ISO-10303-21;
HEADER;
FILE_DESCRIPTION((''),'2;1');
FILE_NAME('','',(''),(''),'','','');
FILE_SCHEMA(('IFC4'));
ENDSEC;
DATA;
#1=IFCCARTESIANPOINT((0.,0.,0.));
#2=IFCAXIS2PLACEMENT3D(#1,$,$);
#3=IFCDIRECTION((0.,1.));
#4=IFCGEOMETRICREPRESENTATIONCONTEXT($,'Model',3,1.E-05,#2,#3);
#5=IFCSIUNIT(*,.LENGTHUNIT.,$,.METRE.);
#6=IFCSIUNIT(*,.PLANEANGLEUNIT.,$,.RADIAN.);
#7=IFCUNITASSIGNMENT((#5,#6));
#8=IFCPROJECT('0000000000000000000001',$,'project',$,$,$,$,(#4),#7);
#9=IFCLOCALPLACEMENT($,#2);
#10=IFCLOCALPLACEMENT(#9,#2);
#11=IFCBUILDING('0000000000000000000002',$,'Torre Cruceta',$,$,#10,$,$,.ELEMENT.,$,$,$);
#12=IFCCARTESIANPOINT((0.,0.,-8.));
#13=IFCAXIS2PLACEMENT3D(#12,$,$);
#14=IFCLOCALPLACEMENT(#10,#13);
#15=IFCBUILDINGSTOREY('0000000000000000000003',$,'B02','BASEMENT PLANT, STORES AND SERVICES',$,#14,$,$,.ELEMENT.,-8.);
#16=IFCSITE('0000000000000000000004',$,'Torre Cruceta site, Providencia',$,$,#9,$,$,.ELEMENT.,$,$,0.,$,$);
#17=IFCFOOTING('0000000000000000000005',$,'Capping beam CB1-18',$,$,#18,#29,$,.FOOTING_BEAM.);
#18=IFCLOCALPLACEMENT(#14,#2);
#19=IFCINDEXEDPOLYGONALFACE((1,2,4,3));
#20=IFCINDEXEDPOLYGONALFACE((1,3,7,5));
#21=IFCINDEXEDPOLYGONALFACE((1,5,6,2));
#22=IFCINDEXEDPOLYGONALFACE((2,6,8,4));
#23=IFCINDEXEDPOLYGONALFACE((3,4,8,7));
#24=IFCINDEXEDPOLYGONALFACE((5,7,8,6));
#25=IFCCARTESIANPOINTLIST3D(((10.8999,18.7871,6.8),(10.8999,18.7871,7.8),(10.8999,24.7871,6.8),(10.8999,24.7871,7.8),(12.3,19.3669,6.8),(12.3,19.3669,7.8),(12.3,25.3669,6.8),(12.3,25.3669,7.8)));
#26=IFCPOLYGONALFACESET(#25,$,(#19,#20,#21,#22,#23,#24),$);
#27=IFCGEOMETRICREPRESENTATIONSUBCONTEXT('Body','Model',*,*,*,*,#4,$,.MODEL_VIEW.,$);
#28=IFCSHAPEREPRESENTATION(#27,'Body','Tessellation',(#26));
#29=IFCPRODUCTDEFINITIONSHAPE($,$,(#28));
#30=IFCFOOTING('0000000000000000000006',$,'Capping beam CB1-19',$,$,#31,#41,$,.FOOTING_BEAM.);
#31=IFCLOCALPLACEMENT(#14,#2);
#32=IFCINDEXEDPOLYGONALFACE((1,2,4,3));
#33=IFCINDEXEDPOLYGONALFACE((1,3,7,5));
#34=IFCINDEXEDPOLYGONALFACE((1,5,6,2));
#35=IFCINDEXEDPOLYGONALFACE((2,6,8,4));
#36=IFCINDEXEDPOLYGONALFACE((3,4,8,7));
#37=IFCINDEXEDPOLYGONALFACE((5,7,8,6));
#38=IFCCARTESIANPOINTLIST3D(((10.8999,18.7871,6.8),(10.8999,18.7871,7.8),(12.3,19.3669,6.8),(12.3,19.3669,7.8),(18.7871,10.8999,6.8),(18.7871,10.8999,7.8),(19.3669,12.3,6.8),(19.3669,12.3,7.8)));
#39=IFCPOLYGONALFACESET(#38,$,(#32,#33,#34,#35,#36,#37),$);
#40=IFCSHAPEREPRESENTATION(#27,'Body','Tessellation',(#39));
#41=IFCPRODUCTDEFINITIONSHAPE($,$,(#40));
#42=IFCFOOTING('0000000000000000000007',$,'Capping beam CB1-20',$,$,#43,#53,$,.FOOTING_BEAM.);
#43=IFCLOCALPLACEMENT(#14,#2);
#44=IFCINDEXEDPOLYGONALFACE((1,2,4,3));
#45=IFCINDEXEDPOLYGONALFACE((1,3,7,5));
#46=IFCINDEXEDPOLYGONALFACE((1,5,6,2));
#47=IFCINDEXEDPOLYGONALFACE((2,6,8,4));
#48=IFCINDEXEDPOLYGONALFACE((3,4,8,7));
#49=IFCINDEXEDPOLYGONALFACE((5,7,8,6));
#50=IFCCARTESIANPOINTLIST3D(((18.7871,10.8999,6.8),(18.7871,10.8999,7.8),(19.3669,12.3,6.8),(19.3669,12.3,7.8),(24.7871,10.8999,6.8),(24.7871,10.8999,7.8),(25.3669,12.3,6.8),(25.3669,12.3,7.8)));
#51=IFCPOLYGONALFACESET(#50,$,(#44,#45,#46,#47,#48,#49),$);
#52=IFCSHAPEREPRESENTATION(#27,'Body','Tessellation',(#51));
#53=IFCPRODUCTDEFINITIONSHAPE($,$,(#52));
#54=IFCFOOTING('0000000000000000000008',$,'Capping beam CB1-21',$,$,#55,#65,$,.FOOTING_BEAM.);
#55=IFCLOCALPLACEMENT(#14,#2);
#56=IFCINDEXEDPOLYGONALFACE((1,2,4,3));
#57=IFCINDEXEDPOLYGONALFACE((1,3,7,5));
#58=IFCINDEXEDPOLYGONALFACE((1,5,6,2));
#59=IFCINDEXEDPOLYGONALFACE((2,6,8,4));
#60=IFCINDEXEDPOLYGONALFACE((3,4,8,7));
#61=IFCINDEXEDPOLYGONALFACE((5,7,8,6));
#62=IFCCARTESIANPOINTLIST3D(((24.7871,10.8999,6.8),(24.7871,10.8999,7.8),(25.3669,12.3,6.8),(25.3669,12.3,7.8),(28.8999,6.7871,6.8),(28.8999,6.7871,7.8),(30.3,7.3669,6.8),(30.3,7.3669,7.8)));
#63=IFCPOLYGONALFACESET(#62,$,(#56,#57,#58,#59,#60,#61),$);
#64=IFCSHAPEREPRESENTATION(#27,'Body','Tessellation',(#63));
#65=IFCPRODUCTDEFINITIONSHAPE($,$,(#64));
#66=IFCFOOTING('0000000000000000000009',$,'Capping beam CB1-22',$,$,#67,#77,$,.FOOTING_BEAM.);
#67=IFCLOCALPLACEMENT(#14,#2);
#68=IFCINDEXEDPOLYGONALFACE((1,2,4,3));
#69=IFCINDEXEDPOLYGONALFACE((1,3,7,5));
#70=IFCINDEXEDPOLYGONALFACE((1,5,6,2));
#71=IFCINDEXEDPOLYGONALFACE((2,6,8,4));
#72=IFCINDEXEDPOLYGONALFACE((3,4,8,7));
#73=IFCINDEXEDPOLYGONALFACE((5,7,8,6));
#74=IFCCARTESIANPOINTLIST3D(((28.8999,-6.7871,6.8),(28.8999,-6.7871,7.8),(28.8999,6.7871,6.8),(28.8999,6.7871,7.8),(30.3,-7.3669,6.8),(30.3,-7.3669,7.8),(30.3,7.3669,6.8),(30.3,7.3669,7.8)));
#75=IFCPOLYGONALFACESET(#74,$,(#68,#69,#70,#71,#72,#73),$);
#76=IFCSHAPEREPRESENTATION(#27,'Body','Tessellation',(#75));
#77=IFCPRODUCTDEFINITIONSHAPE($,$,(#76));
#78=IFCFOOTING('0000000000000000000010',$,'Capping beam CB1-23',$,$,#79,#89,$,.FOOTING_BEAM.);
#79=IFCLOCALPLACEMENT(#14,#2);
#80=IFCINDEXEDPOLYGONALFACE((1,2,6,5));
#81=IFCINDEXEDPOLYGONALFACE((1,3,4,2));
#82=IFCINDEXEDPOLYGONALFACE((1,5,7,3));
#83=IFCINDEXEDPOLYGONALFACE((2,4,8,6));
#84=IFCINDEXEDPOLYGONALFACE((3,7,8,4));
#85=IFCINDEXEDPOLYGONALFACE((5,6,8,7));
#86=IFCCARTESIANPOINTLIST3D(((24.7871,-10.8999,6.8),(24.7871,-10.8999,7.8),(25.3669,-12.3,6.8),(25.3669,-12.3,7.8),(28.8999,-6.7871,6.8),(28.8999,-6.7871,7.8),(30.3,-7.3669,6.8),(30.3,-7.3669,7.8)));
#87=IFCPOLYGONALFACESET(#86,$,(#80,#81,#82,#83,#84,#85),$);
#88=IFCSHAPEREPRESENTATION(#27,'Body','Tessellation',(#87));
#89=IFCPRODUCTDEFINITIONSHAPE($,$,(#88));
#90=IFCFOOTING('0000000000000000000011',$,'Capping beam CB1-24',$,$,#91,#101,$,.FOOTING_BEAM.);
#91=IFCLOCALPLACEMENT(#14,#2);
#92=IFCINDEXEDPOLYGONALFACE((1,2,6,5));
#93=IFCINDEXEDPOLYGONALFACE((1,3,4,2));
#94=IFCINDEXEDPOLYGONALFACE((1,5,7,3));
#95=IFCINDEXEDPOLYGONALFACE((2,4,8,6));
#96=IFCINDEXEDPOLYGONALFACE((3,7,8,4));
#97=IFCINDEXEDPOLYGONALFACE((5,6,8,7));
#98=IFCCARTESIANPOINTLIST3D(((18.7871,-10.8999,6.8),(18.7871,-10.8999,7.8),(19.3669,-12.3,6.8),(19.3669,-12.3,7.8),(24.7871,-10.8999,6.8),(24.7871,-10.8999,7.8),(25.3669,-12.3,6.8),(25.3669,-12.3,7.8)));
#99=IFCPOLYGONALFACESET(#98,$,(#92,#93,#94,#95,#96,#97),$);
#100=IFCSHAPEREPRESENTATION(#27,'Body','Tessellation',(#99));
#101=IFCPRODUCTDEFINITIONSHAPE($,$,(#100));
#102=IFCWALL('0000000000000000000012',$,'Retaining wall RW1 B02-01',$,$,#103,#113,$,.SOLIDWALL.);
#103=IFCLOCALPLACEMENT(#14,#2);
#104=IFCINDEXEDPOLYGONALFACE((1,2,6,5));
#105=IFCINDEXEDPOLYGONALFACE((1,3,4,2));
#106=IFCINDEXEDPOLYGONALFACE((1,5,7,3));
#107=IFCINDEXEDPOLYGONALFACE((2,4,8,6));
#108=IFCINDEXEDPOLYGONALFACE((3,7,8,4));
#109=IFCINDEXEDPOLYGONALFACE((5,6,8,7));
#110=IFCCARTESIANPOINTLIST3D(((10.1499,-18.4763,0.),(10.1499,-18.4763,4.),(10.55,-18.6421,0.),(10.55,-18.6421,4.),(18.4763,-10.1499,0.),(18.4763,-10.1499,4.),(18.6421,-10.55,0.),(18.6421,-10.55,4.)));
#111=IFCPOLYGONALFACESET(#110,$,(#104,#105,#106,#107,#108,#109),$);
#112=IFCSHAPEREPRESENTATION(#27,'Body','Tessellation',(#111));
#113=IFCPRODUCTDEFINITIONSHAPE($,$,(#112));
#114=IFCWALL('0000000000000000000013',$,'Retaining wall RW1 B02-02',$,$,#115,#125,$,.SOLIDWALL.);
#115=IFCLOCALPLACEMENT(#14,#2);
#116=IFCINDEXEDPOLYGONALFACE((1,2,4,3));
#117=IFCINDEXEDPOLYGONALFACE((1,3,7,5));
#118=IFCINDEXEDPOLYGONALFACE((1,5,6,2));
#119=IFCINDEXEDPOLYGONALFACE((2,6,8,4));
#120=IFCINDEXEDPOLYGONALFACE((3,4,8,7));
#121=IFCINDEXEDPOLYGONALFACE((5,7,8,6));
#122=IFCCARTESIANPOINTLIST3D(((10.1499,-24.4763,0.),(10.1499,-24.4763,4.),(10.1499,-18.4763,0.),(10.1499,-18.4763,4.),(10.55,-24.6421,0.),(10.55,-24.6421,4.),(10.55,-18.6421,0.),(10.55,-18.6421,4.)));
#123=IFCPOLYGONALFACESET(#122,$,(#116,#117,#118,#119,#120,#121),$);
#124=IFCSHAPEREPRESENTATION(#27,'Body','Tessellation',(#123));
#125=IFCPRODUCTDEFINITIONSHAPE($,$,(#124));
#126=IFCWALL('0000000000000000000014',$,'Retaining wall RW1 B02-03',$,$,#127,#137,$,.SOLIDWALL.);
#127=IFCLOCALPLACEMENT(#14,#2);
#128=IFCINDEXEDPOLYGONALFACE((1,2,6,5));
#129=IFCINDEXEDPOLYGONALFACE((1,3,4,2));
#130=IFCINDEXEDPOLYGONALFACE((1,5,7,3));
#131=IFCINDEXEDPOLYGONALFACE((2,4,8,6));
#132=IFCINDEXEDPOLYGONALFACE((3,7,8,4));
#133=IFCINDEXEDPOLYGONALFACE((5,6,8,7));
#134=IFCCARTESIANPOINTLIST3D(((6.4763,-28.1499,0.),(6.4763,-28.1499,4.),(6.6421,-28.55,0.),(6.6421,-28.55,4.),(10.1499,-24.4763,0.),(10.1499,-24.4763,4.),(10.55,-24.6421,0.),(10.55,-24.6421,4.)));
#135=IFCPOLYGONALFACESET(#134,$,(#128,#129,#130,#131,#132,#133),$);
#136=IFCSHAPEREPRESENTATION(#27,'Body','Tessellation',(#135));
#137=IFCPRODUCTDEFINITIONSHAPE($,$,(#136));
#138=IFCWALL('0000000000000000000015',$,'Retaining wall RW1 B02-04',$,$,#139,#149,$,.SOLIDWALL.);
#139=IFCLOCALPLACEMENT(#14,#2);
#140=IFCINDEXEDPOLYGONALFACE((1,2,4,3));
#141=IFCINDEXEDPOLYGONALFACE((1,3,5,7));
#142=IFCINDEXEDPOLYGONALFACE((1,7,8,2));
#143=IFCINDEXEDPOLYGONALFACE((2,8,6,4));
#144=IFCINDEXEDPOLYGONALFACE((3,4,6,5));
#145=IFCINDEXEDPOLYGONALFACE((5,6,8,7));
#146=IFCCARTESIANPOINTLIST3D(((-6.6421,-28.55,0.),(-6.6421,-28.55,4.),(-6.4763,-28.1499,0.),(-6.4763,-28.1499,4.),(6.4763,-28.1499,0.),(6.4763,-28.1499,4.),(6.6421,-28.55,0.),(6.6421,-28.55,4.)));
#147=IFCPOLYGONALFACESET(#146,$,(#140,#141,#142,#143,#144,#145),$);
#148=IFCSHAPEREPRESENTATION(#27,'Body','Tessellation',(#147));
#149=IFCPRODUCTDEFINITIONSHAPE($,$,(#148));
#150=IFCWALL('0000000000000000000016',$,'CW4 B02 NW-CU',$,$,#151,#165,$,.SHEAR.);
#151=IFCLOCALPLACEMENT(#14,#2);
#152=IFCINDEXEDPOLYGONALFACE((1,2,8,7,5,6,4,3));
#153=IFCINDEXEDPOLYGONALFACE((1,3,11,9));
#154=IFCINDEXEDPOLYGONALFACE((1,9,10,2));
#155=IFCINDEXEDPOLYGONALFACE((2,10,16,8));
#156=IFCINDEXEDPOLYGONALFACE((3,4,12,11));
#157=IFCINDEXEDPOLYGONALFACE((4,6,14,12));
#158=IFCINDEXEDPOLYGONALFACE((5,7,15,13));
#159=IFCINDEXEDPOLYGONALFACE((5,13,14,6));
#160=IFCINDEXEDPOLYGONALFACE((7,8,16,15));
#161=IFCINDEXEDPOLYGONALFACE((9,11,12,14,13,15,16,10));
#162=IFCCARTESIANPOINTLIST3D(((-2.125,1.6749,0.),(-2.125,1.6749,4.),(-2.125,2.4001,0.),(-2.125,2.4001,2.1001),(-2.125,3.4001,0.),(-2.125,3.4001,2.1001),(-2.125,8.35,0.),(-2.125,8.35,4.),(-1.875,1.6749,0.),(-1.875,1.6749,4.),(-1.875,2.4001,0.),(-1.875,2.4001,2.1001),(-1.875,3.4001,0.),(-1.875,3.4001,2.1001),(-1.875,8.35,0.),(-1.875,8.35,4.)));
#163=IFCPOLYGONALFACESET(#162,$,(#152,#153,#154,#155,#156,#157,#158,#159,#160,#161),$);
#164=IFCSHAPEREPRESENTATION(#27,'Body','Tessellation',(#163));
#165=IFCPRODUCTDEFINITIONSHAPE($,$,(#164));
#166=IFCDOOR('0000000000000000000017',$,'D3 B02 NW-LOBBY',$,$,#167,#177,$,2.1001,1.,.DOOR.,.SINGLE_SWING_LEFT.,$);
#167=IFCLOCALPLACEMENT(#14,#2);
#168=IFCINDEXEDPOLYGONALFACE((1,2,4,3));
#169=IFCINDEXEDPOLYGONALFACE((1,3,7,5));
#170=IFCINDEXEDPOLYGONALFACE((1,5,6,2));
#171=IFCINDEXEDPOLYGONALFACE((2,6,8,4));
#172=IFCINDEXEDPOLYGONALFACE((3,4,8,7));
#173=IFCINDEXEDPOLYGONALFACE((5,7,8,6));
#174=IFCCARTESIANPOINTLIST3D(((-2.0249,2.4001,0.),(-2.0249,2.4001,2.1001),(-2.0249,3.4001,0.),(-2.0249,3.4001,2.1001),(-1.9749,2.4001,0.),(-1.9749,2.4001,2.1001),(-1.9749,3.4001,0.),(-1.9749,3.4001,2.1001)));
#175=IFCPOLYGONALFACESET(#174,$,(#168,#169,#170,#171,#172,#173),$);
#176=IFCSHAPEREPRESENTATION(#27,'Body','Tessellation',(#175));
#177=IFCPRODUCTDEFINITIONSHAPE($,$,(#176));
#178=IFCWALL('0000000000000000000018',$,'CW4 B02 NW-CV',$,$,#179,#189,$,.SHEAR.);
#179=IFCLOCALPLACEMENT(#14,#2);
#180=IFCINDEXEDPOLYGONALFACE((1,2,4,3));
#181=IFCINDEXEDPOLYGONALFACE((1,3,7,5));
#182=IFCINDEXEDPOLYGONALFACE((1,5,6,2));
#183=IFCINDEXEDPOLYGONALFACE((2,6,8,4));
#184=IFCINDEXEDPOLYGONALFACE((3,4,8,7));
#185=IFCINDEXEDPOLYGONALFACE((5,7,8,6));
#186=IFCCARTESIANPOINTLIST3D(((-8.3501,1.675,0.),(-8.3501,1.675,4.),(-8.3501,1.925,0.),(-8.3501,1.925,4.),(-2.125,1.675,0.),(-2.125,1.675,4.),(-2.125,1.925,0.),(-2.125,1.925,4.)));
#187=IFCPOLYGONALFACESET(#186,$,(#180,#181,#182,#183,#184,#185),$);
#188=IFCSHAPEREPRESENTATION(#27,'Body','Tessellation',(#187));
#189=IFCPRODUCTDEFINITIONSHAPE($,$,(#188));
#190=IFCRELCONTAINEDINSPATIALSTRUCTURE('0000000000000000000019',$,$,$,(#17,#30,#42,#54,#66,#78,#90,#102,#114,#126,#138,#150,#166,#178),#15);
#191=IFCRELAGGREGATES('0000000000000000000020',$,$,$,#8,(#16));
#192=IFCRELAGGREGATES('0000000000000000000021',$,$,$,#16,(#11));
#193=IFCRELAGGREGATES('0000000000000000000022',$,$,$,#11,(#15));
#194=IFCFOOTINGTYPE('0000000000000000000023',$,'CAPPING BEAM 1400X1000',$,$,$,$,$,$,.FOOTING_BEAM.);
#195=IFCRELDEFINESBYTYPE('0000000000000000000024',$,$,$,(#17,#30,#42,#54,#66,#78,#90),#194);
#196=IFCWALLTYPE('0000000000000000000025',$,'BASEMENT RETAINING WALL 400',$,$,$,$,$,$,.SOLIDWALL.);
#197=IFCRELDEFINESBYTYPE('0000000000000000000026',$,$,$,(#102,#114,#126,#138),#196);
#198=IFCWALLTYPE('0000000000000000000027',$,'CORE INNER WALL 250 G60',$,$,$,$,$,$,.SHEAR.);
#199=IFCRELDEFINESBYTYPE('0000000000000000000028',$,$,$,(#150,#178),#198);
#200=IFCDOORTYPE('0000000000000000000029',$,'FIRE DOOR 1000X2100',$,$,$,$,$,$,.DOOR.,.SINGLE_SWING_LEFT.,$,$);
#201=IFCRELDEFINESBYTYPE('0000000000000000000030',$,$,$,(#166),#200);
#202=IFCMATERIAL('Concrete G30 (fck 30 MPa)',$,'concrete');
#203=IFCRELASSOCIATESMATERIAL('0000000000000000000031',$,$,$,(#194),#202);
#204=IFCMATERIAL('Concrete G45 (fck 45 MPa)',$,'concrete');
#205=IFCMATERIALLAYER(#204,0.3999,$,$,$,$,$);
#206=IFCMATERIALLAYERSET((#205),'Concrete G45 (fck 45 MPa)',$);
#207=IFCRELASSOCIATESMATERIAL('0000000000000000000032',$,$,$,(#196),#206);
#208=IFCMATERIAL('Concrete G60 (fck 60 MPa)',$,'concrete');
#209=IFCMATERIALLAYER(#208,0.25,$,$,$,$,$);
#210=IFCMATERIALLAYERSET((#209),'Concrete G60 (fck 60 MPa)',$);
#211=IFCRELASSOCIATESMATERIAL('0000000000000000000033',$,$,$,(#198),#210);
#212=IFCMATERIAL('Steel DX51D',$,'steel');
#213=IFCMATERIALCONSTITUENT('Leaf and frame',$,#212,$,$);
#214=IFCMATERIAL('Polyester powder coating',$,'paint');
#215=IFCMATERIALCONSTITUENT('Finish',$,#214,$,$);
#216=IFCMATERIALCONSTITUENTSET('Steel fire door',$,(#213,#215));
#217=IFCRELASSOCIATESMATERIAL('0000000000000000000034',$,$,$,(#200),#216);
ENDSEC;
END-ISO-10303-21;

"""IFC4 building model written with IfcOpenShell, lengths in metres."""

from ifc_helpers import new_model, si_unit, direction, frame, frame_2d, origin, place, context, subcontext, project, spatial, polyline, rectangle, outline, extrude, material, layer, layer_set, constituent, constituent_set, type_object, element, fill, save


model = new_model("IFC4")

# Units and contexts
model_context = context("Model", 3, precision=1e-05, world=origin(), true_north=direction((0.0, 1.0)))
body_context = subcontext(model_context, "Body", "Model", "MODEL_VIEW")
ifc_project = project(units=[si_unit("LENGTHUNIT", "METRE"), si_unit("PLANEANGLEUNIT", "RADIAN")], contexts=[model_context])

# Site, building, storey
site_placement = place(None, origin())
site = spatial("IfcSite", under=ifc_project, at=site_placement, Name="Torre Cruceta site, Providencia", CompositionType="ELEMENT", RefElevation=0.0)
building_placement = place(site_placement, origin())
building = spatial("IfcBuilding", under=site, at=building_placement, Name="Torre Cruceta", CompositionType="ELEMENT")
storey_placement = place(building_placement, frame((0.0, 0.0, -8.0)))
storey = spatial("IfcBuildingStorey", under=building, at=storey_placement, Name="B02", Description="BASEMENT PLANT, STORES AND SERVICES", CompositionType="ELEMENT", Elevation=-8.0)

# Footings
ifc_material_1 = material(Name="Concrete G30 (fck 30 MPa)", Category="concrete")
footing_type = type_object("IfcFootingType", Name="CAPPING BEAM 1400X1000", PredefinedType="FOOTING_BEAM", material=ifc_material_1)
footing_1_placement = place(storey_placement, frame((0.0, 0.0, 6.8)))
element("IfcFooting", 1, at=footing_1_placement, inside=storey, type_object=footing_type, Name="Capping beam CB1-18", PredefinedType="FOOTING_BEAM", context=body_context, shape_type="SweptSolid", body=[
    extrude(outline(polyline([(10.8999, 24.7871), (10.8999, 18.7871), (12.3, 19.3669), (12.3, 25.3669), (10.8999, 24.7871)])), origin(), (0.0, 0.0, 1.0), 1.0),
])
footing_2_placement = place(storey_placement, frame((0.0, 0.0, 6.8)))
element("IfcFooting", 2, at=footing_2_placement, inside=storey, type_object=footing_type, Name="Capping beam CB1-19", PredefinedType="FOOTING_BEAM", context=body_context, shape_type="SweptSolid", body=[
    extrude(outline(polyline([(10.8999, 18.7871), (18.7871, 10.8999), (19.3669, 12.3), (12.3, 19.3669), (10.8999, 18.7871)])), origin(), (0.0, 0.0, 1.0), 1.0),
])
footing_3_placement = place(storey_placement, frame((0.0, 0.0, 6.8)))
element("IfcFooting", 3, at=footing_3_placement, inside=storey, type_object=footing_type, Name="Capping beam CB1-20", PredefinedType="FOOTING_BEAM", context=body_context, shape_type="SweptSolid", body=[
    extrude(outline(polyline([(18.7871, 10.8999), (24.7871, 10.8999), (25.3669, 12.3), (19.3669, 12.3), (18.7871, 10.8999)])), origin(), (0.0, 0.0, 1.0), 1.0),
])
footing_4_placement = place(storey_placement, frame((0.0, 0.0, 6.8)))
element("IfcFooting", 4, at=footing_4_placement, inside=storey, type_object=footing_type, Name="Capping beam CB1-21", PredefinedType="FOOTING_BEAM", context=body_context, shape_type="SweptSolid", body=[
    extrude(outline(polyline([(24.7871, 10.8999), (28.8999, 6.7871), (30.3, 7.3669), (25.3669, 12.3), (24.7871, 10.8999)])), origin(), (0.0, 0.0, 1.0), 1.0),
])
footing_5_placement = place(storey_placement, frame((0.0, 0.0, 6.8)))
element("IfcFooting", 5, at=footing_5_placement, inside=storey, type_object=footing_type, Name="Capping beam CB1-22", PredefinedType="FOOTING_BEAM", context=body_context, shape_type="SweptSolid", body=[
    extrude(outline(polyline([(28.8999, 6.7871), (28.8999, -6.7871), (30.3, -7.3669), (30.3, 7.3669), (28.8999, 6.7871)])), origin(), (0.0, 0.0, 1.0), 1.0),
])
footing_6_placement = place(storey_placement, frame((0.0, 0.0, 6.8)))
element("IfcFooting", 6, at=footing_6_placement, inside=storey, type_object=footing_type, Name="Capping beam CB1-23", PredefinedType="FOOTING_BEAM", context=body_context, shape_type="SweptSolid", body=[
    extrude(outline(polyline([(28.8999, -6.7871), (24.7871, -10.8999), (25.3669, -12.3), (30.3, -7.3669), (28.8999, -6.7871)])), origin(), (0.0, 0.0, 1.0), 1.0),
])
footing_7_placement = place(storey_placement, frame((0.0, 0.0, 6.8)))
element("IfcFooting", 7, at=footing_7_placement, inside=storey, type_object=footing_type, Name="Capping beam CB1-24", PredefinedType="FOOTING_BEAM", context=body_context, shape_type="SweptSolid", body=[
    extrude(outline(polyline([(24.7871, -10.8999), (18.7871, -10.8999), (19.3669, -12.3), (25.3669, -12.3), (24.7871, -10.8999)])), origin(), (0.0, 0.0, 1.0), 1.0),
])

# Walls
ifc_material_2 = material(Name="Concrete G45 (fck 45 MPa)", Category="concrete")
ifc_layer_1 = layer(ifc_material_2, 0.3999)
ifc_layer_set_1 = layer_set([ifc_layer_1], Name="Concrete G45 (fck 45 MPa)")
wall_type_1 = type_object("IfcWallType", Name="BASEMENT RETAINING WALL 400", PredefinedType="SOLIDWALL", material=ifc_layer_set_1)
wall_1_placement = place(storey_placement, origin())
element("IfcWall", 8, at=wall_1_placement, inside=storey, type_object=wall_type_1, Name="Retaining wall RW1 B02-01", PredefinedType="SOLIDWALL", context=body_context, shape_type="SweptSolid", body=[
    extrude(outline(polyline([(18.4763, -10.1499), (18.6421, -10.55), (10.55, -18.6421), (10.1499, -18.4763), (18.4763, -10.1499)])), origin(), (0.0, 0.0, 1.0), 4.0),
])
wall_2_placement = place(storey_placement, origin())
element("IfcWall", 9, at=wall_2_placement, inside=storey, type_object=wall_type_1, Name="Retaining wall RW1 B02-02", PredefinedType="SOLIDWALL", context=body_context, shape_type="SweptSolid", body=[
    extrude(outline(polyline([(10.1499, -18.4763), (10.55, -18.6421), (10.55, -24.6421), (10.1499, -24.4763), (10.1499, -18.4763)])), origin(), (0.0, 0.0, 1.0), 4.0),
])
wall_3_placement = place(storey_placement, origin())
element("IfcWall", 10, at=wall_3_placement, inside=storey, type_object=wall_type_1, Name="Retaining wall RW1 B02-03", PredefinedType="SOLIDWALL", context=body_context, shape_type="SweptSolid", body=[
    extrude(outline(polyline([(10.1499, -24.4763), (10.55, -24.6421), (6.6421, -28.55), (6.4763, -28.1499), (10.1499, -24.4763)])), origin(), (0.0, 0.0, 1.0), 4.0),
])
wall_4_placement = place(storey_placement, origin())
element("IfcWall", 11, at=wall_4_placement, inside=storey, type_object=wall_type_1, Name="Retaining wall RW1 B02-04", PredefinedType="SOLIDWALL", context=body_context, shape_type="SweptSolid", body=[
    extrude(outline(polyline([(6.4763, -28.1499), (6.6421, -28.55), (-6.6421, -28.55), (-6.4763, -28.1499), (6.4763, -28.1499)])), origin(), (0.0, 0.0, 1.0), 4.0),
])

# Wall, opening, door
ifc_material_3 = material(Name="Concrete G60 (fck 60 MPa)", Category="concrete")
ifc_layer_2 = layer(ifc_material_3, 0.25)
ifc_layer_set_2 = layer_set([ifc_layer_2], Name="Concrete G60 (fck 60 MPa)")
wall_type_2 = type_object("IfcWallType", Name="CORE INNER WALL 250 G60", PredefinedType="SHEAR", material=ifc_layer_set_2)
wall_5_placement = place(storey_placement, frame((-2.0, 1.675, 0.0), z_axis=(0.0, 0.0, 1.0), x_axis=(0.0, 1.0, 0.0)))
wall_5 = element("IfcWall", 12, at=wall_5_placement, inside=storey, type_object=wall_type_2, Name="CW4 B02 NW-CU", PredefinedType="SHEAR", context=body_context, shape_type="SweptSolid", body=[
    extrude(rectangle(XDim=6.675, YDim=0.25, at=frame_2d((3.3374, 0.0))), origin(), (0.0, 0.0, 1.0), 4.0),
])
opening_1_placement = place(wall_5_placement, frame((0.7251, 0.0, 0.0)))
opening_1 = element("IfcOpeningElement", 13, at=opening_1_placement, cuts=wall_5, PredefinedType="OPENING", context=body_context, shape_type="SweptSolid", body=[
    extrude(rectangle(XDim=1.0, YDim=2.1001, at=frame_2d((0.5, 1.05))), frame((0.0, 0.135, 0.0), z_axis=(0.0, -1.0, 0.0), x_axis=(1.0, 0.0, 0.0)), (0.0, 0.0, 1.0), 0.27),
])
ifc_material_4 = material(Name="Steel DX51D", Category="steel")
ifc_constituent_1 = constituent(ifc_material_4, Name="Leaf and frame")
ifc_material_5 = material(Name="Polyester powder coating", Category="paint")
ifc_constituent_2 = constituent(ifc_material_5, Name="Finish")
ifc_constituent_set_1 = constituent_set(constituents=[ifc_constituent_1, ifc_constituent_2], Name="Steel fire door")
door_type_1 = type_object("IfcDoorType", Name="FIRE DOOR 1000X2100", OperationType="SINGLE_SWING_LEFT", PredefinedType="DOOR", material=ifc_constituent_set_1)
door_1_placement = place(opening_1_placement, origin())
door_1 = element("IfcDoor", 14, at=door_1_placement, inside=storey, type_object=door_type_1, Name="D3 B02 NW-LOBBY", OperationType="SINGLE_SWING_LEFT", OverallHeight=2.1001, OverallWidth=1.0, PredefinedType="DOOR", context=body_context, shape_type="SweptSolid", body=[
    extrude(rectangle(XDim=1.0, YDim=2.1001, at=frame_2d((0.5, 1.05))), frame((0.0, 0.0249, 0.0), z_axis=(0.0, -1.0, 0.0), x_axis=(1.0, 0.0, 0.0)), (0.0, 0.0, 1.0), 0.05),
])
fill(opening_1, door_1)

# Wall
wall_6_placement = place(storey_placement, frame((-2.125, 1.8, 0.0), z_axis=(0.0, 0.0, 1.0), x_axis=(-1.0, 0.0, 0.0)))
element("IfcWall", 15, at=wall_6_placement, inside=storey, type_object=wall_type_2, Name="CW4 B02 NW-CV", PredefinedType="SHEAR", context=body_context, shape_type="SweptSolid", body=[
    extrude(rectangle(XDim=6.2251, YDim=0.25, at=frame_2d((3.1125, 0.0))), origin(), (0.0, 0.0, 1.0), 4.0),
])

save(model, "model.ifc")
